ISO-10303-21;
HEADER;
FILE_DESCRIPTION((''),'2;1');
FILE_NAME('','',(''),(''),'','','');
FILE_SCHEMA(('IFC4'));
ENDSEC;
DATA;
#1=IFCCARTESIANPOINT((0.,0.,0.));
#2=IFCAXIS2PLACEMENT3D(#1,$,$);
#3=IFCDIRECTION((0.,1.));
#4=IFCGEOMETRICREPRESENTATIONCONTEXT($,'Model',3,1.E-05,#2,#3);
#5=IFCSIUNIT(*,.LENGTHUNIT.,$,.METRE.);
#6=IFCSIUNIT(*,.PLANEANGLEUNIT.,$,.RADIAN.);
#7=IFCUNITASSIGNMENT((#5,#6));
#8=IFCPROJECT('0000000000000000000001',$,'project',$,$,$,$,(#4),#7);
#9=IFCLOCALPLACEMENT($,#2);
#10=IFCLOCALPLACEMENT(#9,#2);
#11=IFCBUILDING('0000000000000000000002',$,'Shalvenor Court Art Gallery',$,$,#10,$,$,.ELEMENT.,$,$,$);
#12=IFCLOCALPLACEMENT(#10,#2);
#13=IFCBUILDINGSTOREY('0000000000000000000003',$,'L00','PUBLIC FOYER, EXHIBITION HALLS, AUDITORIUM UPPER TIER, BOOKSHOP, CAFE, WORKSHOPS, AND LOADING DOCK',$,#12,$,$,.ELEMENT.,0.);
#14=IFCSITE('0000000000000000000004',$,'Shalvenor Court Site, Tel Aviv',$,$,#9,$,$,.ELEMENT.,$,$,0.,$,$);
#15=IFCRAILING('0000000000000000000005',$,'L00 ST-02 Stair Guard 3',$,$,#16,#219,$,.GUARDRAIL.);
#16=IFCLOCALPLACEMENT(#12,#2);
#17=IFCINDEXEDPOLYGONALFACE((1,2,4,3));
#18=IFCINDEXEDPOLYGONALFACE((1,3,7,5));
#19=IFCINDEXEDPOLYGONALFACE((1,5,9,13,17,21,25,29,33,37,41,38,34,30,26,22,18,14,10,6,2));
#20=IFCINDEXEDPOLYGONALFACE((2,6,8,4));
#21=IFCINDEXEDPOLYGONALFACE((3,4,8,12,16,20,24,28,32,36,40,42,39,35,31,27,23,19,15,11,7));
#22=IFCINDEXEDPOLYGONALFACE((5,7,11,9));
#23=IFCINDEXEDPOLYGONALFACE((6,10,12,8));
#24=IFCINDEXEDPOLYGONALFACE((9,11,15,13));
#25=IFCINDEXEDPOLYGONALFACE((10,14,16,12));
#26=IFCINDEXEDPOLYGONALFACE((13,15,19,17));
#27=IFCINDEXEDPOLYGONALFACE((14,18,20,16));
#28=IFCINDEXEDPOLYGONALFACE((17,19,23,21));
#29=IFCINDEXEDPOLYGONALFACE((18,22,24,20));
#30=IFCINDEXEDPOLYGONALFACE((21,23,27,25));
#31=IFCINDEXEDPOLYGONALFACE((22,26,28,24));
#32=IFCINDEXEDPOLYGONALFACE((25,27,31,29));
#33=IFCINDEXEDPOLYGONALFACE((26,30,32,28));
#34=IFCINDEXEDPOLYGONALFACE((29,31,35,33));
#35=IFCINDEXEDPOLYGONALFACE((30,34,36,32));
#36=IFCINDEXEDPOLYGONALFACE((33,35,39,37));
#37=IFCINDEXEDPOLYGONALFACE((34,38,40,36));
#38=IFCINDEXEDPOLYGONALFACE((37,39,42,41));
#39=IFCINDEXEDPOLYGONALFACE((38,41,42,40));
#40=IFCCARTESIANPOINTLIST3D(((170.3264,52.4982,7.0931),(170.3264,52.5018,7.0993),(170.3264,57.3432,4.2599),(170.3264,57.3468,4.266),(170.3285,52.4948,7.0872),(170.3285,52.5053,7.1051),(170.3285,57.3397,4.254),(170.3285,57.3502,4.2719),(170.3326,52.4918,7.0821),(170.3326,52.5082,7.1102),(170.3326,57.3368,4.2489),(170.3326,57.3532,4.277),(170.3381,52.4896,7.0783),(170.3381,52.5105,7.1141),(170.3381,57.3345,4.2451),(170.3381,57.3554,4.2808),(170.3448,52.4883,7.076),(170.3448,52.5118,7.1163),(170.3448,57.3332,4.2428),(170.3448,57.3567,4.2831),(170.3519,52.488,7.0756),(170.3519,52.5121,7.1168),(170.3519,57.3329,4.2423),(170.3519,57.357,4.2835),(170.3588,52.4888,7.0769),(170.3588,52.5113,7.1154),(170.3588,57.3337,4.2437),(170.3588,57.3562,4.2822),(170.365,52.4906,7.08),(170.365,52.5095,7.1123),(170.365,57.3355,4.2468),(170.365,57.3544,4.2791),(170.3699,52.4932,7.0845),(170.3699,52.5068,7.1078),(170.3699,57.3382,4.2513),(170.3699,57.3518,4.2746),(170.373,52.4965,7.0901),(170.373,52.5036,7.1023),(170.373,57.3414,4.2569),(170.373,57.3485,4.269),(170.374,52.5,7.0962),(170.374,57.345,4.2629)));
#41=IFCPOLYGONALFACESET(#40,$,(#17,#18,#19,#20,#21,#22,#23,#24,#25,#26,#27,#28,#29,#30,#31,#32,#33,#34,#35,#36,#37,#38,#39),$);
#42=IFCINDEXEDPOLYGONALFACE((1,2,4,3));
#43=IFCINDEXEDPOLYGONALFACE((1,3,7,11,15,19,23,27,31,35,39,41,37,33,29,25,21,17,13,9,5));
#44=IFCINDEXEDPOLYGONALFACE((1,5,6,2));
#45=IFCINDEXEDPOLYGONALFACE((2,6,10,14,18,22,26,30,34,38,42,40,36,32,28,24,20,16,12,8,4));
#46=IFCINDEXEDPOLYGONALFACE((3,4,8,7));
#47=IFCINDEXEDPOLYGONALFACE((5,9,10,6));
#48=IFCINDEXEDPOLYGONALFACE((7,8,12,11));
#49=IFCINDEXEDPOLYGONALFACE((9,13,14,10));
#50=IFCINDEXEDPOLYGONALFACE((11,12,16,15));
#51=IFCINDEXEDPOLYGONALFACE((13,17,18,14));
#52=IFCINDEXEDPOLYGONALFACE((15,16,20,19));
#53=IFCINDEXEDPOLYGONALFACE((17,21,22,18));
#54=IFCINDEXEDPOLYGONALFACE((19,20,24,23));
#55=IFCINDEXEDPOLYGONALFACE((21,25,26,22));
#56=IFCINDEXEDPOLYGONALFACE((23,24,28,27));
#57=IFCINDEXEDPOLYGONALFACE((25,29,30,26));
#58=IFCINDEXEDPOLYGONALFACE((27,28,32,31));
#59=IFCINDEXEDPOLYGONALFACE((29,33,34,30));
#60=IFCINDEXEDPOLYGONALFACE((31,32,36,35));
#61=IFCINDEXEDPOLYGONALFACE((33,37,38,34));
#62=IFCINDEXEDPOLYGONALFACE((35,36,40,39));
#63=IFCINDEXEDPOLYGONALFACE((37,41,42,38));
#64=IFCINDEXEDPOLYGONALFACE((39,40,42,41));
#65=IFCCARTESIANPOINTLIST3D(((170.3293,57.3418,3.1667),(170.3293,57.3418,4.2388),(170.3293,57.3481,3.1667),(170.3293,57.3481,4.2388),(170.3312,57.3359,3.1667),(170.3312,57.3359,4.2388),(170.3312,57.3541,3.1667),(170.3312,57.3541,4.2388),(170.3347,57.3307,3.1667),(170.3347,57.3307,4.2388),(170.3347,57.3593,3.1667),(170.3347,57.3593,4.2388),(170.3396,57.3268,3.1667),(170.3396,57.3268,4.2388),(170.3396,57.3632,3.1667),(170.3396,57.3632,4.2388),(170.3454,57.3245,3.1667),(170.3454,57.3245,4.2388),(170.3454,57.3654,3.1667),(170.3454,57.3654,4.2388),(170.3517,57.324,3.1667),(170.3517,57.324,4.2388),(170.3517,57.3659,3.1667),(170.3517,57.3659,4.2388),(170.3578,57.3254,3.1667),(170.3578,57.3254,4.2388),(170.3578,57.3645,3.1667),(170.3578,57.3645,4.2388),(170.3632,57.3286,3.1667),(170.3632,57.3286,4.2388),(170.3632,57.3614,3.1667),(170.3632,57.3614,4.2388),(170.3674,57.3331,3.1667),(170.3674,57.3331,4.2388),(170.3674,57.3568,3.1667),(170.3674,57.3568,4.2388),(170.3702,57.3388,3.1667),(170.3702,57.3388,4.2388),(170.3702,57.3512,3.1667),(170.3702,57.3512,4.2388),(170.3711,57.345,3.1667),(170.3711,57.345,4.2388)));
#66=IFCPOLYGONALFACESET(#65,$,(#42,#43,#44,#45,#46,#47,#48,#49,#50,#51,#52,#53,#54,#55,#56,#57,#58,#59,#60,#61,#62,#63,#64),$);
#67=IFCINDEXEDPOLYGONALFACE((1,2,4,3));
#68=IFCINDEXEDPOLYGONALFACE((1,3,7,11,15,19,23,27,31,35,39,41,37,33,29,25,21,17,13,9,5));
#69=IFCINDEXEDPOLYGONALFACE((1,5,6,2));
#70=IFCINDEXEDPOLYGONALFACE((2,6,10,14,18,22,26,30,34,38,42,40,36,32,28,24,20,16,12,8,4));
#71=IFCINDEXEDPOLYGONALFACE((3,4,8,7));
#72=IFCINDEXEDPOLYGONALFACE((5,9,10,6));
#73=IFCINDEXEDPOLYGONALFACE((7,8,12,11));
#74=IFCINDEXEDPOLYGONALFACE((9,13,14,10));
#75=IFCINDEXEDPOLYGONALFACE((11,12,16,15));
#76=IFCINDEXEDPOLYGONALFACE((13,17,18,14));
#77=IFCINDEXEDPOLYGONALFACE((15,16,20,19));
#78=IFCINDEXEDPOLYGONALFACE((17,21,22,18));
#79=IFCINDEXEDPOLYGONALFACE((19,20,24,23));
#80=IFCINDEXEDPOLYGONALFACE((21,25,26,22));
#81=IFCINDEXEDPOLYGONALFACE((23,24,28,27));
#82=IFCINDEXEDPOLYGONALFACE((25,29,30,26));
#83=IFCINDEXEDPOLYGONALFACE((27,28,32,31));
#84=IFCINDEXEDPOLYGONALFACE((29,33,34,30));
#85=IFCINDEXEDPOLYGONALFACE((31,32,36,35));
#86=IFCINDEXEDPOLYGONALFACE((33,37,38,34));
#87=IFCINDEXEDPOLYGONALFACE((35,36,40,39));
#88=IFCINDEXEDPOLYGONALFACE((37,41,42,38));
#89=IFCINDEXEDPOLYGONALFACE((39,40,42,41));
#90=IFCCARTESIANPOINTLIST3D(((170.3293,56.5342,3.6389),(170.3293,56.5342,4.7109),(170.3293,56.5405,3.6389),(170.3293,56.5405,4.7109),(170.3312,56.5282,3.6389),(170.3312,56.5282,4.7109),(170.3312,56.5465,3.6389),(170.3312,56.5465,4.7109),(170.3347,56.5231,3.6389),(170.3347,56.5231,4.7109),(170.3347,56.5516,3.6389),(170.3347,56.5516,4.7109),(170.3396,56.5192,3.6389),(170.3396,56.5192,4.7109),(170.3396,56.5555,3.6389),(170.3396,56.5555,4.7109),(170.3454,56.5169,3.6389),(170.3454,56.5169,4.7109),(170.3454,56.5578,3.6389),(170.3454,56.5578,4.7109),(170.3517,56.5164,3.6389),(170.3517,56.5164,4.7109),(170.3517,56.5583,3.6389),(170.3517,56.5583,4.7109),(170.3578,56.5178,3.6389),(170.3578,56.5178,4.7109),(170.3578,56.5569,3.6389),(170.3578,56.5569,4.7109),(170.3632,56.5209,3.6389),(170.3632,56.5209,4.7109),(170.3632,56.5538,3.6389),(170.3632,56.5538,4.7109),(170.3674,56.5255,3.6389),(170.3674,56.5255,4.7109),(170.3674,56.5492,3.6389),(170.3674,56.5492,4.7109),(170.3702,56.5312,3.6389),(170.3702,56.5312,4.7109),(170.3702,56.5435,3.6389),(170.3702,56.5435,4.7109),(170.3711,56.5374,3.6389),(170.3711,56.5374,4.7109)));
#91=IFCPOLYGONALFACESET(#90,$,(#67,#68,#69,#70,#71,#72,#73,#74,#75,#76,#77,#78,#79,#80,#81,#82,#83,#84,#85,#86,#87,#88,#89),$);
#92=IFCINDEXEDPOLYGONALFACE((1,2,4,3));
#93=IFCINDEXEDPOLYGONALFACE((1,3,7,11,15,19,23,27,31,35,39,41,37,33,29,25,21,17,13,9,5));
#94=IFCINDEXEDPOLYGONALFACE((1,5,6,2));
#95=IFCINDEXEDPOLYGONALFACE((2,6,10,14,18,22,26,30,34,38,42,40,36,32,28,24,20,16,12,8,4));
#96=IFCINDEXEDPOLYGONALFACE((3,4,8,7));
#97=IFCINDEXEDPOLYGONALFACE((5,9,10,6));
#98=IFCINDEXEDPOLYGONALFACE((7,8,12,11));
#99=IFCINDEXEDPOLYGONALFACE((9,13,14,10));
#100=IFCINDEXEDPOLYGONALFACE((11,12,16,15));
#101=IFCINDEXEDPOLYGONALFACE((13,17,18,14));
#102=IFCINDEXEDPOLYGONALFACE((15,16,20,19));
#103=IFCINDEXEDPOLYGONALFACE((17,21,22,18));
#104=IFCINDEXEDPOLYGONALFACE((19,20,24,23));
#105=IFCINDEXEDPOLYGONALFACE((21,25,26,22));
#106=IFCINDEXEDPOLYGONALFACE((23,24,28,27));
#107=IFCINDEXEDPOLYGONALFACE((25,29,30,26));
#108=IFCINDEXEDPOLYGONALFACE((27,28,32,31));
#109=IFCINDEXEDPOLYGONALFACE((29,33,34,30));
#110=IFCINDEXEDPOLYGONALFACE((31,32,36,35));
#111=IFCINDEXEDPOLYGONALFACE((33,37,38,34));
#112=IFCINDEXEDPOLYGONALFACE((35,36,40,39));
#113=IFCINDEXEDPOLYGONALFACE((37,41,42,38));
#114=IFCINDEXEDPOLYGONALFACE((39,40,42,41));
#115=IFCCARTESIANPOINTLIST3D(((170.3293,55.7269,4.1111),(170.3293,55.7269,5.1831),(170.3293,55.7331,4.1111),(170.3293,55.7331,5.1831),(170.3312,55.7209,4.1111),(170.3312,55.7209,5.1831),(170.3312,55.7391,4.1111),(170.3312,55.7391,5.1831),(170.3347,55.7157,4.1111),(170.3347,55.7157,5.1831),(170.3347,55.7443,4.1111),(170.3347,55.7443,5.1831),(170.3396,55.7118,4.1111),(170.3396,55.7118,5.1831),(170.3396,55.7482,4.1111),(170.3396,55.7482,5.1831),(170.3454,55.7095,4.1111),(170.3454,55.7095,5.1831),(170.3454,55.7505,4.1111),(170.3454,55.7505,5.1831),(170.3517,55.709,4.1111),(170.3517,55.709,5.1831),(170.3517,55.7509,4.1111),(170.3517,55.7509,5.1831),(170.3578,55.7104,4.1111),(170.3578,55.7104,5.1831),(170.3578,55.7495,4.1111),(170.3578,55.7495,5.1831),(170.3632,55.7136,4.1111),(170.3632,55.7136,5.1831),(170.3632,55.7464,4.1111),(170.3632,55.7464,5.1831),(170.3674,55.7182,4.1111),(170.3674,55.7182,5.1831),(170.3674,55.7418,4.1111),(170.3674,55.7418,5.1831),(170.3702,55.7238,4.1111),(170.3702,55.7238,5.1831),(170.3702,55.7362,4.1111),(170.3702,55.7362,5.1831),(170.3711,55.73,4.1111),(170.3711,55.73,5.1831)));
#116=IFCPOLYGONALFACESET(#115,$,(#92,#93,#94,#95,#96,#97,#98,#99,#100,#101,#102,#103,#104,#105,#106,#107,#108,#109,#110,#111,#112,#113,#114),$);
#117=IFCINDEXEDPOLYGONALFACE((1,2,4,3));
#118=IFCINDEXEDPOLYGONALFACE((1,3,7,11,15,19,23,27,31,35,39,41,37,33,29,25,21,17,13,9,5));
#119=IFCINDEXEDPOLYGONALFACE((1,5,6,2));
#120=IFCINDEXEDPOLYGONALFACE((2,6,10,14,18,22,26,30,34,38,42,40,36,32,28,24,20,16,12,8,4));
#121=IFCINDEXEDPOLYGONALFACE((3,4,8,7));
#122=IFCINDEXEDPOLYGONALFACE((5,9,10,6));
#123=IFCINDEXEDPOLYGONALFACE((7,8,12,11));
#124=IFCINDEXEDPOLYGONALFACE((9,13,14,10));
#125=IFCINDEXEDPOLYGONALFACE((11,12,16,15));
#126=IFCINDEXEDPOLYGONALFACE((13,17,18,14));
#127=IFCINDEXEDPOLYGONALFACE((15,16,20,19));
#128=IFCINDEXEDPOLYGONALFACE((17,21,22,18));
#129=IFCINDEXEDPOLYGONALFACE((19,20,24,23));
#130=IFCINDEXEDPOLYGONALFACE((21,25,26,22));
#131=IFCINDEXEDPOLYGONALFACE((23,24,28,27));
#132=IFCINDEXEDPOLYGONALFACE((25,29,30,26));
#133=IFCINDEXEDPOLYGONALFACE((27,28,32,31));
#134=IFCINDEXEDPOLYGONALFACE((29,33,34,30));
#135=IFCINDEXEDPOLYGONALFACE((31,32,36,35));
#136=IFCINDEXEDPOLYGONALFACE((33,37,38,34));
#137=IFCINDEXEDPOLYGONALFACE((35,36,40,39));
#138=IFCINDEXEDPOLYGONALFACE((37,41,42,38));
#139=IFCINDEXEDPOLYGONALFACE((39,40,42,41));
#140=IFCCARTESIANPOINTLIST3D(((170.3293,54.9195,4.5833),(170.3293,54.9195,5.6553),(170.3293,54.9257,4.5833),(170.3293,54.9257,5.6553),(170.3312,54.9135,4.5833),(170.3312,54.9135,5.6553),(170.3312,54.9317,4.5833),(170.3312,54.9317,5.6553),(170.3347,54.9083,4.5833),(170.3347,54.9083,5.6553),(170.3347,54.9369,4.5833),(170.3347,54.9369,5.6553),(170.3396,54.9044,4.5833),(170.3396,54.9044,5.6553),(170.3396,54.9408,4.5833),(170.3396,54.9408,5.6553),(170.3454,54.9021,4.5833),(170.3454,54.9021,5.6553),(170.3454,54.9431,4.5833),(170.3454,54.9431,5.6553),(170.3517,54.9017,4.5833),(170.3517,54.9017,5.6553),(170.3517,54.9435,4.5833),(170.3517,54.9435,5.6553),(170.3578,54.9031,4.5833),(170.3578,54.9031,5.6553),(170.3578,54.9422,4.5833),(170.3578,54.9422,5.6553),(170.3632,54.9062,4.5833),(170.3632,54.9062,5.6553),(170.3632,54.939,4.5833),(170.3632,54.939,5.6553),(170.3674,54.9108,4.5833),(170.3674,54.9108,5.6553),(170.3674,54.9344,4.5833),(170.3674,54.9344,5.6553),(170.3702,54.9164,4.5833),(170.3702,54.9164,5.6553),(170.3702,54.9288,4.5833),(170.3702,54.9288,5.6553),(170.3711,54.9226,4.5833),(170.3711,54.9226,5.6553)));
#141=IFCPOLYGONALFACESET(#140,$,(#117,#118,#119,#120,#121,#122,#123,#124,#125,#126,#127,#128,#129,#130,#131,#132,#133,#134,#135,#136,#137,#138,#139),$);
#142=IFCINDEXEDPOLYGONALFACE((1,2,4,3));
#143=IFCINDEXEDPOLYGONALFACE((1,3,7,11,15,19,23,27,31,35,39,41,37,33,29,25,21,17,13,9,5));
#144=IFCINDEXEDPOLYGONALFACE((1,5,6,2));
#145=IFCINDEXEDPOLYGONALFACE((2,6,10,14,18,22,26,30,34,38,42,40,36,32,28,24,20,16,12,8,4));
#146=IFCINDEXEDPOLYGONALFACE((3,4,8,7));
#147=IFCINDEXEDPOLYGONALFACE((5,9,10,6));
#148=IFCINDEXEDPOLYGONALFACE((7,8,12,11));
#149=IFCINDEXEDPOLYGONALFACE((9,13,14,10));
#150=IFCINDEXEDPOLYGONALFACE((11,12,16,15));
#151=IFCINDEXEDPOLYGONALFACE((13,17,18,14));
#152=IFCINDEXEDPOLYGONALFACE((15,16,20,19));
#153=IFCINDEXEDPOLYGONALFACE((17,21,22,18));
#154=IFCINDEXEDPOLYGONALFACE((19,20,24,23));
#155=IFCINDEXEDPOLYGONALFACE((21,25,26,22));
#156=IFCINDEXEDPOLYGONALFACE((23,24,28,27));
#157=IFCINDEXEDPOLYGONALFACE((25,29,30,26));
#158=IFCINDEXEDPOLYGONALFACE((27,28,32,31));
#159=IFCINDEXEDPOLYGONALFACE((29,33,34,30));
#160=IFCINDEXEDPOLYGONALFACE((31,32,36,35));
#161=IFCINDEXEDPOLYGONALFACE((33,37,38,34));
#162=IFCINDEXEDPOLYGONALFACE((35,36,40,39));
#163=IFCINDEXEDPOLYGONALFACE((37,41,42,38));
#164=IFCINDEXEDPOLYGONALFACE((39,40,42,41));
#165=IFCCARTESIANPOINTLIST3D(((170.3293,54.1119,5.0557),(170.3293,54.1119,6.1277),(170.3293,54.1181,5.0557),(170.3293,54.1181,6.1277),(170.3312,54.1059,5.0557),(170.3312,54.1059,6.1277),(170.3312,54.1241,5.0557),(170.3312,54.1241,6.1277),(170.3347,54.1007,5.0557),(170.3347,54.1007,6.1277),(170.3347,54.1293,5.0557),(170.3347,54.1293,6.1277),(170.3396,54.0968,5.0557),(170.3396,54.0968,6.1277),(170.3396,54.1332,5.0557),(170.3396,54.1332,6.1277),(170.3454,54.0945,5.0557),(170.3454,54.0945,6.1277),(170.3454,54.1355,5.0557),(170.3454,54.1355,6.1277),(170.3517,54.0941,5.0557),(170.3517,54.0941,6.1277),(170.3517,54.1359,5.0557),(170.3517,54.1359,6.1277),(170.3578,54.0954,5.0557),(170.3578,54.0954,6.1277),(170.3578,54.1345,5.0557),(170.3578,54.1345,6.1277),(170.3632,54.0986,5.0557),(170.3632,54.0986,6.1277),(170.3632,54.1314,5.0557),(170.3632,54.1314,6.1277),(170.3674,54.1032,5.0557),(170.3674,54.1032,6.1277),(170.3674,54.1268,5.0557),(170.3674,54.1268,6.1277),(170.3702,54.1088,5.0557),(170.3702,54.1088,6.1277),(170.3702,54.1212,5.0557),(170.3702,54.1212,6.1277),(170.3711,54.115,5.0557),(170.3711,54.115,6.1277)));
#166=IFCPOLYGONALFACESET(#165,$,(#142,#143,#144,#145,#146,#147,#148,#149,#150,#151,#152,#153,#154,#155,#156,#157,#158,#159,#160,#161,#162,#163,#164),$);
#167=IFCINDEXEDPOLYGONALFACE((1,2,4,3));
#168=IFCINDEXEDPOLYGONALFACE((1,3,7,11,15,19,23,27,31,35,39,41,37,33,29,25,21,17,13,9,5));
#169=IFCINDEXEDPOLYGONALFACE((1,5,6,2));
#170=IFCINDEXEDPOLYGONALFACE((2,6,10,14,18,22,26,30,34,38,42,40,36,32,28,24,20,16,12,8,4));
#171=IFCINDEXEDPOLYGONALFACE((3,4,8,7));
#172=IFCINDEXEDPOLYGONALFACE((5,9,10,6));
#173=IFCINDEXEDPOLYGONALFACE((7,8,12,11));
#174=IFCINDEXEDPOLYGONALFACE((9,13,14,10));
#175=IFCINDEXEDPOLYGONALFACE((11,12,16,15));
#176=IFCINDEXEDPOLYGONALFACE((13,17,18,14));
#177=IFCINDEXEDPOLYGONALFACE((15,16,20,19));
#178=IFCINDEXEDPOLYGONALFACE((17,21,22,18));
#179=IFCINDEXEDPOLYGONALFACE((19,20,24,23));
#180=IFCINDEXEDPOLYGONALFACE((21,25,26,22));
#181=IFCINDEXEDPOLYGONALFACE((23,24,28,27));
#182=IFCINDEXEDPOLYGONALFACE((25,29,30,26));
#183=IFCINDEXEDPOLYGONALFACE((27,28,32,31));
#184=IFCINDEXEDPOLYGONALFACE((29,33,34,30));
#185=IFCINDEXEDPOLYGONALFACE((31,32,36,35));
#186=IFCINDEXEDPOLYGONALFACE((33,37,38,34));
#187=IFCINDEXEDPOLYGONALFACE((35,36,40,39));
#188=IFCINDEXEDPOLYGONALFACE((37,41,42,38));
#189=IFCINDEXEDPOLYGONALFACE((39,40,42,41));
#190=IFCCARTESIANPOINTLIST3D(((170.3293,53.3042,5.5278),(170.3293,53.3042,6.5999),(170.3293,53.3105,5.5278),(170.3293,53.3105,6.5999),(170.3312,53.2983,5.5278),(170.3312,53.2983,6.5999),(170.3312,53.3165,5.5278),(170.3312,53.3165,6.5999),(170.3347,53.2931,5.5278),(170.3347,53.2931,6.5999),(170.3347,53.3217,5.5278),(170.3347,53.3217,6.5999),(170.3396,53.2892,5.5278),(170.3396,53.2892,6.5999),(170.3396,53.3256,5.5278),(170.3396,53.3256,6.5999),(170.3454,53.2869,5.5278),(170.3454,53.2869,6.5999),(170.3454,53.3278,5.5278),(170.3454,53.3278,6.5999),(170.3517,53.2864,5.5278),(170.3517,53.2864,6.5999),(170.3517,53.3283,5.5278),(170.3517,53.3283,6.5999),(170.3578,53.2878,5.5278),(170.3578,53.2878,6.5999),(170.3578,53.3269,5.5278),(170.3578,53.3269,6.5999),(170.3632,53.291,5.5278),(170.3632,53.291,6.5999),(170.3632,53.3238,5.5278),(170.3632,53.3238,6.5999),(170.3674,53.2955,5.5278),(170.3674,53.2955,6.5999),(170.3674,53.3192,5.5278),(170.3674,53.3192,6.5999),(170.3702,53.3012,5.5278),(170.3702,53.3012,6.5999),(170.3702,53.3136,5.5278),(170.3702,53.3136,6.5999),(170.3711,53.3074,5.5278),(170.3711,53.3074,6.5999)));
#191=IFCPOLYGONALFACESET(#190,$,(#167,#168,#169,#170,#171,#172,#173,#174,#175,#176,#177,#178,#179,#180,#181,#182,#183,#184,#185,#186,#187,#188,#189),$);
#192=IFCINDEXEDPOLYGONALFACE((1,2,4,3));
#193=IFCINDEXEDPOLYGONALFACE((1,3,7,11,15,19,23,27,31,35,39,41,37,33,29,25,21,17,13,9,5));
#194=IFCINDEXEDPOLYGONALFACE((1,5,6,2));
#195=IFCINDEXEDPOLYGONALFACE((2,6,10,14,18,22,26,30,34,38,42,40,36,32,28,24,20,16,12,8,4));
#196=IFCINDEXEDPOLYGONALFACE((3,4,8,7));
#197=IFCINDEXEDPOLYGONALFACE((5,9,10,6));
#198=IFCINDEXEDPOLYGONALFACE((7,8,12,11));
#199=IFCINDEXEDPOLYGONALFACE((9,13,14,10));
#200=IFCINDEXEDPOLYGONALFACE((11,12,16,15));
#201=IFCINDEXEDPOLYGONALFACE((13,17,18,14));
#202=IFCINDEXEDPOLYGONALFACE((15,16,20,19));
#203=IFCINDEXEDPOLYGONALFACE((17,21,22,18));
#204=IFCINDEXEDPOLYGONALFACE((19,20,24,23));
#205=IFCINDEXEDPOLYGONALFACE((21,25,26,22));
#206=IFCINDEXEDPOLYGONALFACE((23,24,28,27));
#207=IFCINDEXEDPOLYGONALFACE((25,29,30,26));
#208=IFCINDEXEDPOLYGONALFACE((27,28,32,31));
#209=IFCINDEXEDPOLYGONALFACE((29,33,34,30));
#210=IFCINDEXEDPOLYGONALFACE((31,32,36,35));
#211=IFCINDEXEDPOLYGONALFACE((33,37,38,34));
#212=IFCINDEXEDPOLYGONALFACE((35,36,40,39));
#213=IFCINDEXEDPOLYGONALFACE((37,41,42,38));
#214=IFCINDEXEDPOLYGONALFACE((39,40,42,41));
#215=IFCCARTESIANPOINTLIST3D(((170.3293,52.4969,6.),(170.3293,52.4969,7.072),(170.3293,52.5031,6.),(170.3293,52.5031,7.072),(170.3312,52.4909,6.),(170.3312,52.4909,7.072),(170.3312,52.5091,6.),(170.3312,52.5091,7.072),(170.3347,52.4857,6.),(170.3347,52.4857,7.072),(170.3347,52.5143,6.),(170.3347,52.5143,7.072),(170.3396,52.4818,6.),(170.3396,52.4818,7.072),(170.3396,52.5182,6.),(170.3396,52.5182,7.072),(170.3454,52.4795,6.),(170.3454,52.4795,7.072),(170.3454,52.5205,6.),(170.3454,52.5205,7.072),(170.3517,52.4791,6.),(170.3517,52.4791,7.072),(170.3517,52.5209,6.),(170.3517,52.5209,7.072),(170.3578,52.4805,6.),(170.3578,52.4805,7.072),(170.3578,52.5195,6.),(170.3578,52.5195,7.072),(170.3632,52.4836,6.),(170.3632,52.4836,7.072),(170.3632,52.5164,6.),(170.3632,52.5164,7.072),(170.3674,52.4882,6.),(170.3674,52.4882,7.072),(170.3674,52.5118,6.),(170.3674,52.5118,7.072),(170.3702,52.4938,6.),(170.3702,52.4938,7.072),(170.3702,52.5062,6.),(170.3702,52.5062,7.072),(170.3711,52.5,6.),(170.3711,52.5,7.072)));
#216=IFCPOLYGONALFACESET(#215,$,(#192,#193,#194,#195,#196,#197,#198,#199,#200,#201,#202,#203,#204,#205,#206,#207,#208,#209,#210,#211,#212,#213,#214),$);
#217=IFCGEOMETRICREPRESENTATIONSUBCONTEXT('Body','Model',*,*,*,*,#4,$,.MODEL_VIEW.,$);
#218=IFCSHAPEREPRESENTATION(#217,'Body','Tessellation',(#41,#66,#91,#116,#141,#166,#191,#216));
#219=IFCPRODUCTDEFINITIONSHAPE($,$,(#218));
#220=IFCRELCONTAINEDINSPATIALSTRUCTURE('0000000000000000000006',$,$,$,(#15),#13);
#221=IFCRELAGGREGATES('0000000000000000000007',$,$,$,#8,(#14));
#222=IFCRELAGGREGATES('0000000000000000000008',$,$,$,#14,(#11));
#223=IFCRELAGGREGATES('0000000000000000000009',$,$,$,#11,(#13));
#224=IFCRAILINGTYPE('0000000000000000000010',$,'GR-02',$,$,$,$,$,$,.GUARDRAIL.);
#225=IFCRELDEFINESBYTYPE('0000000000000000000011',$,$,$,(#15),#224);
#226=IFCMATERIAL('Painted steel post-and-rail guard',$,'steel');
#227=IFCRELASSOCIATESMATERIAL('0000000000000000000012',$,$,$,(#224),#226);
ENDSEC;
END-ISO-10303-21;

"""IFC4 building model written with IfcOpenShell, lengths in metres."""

from ifc_helpers import new_model, si_unit, direction, frame, origin, origin_2d, place, context, subcontext, project, spatial, circle, extrude, material, type_object, element, save


model = new_model("IFC4")

# Units and contexts
model_context = context("Model", 3, precision=1e-05, world=origin(), true_north=direction((0.0, 1.0)))
body_context = subcontext(model_context, "Body", "Model", "MODEL_VIEW")
ifc_project = project(units=[si_unit("LENGTHUNIT", "METRE"), si_unit("PLANEANGLEUNIT", "RADIAN")], contexts=[model_context])

# Site, building, storey
site_placement = place(None, origin())
site = spatial("IfcSite", under=ifc_project, at=site_placement, Name="Shalvenor Court Site, Tel Aviv", CompositionType="ELEMENT", RefElevation=0.0)
building_placement = place(site_placement, origin())
building = spatial("IfcBuilding", under=site, at=building_placement, Name="Shalvenor Court Art Gallery", CompositionType="ELEMENT")
storey_placement = place(building_placement, origin())
storey = spatial("IfcBuildingStorey", under=building, at=storey_placement, Name="L00", Description="PUBLIC FOYER, EXHIBITION HALLS, AUDITORIUM UPPER TIER, BOOKSHOP, CAFE, WORKSHOPS, AND LOADING DOCK", CompositionType="ELEMENT", Elevation=0.0)

# Railing
ifc_material_1 = material(Name="Painted steel post-and-rail guard", Category="steel")
railing_type_1 = type_object("IfcRailingType", Name="GR-02", PredefinedType="GUARDRAIL", material=ifc_material_1)
railing_1_placement = place(storey_placement, frame((170.3501, 57.345, 3.1667)))
element("IfcRailing", 1, at=railing_1_placement, inside=storey, type_object=railing_type_1, Name="L00 ST-02 Stair Guard 3", PredefinedType="GUARDRAIL", context=body_context, shape_type="SweptSolid", body=[
    extrude(circle(Radius=0.0239, at=origin_2d()), frame((0.0, 0.0, 1.0962), z_axis=(0.0, -0.863234, 0.504804), x_axis=(1.0, 0.0, 0.0)), (0.0, 0.0, 1.0), 5.6125),
    extrude(circle(Radius=0.021, at=origin_2d()), origin(), (0.0, 0.0, 1.0), 1.072),
    extrude(circle(Radius=0.021, at=origin_2d()), frame((0.0, -0.8076, 0.4722)), (0.0, 0.0, 1.0), 1.072),
    extrude(circle(Radius=0.021, at=origin_2d()), frame((0.0, -1.615, 0.9443)), (0.0, 0.0, 1.0), 1.072),
    extrude(circle(Radius=0.021, at=origin_2d()), frame((0.0, -2.4224, 1.4165)), (0.0, 0.0, 1.0), 1.072),
    extrude(circle(Radius=0.021, at=origin_2d()), frame((0.0, -3.23, 1.8889)), (0.0, 0.0, 1.0), 1.072),
    extrude(circle(Radius=0.021, at=origin_2d()), frame((0.0, -4.0376, 2.3611)), (0.0, 0.0, 1.0), 1.072),
    extrude(circle(Radius=0.021, at=origin_2d()), frame((0.0, -4.845, 2.8333)), (0.0, 0.0, 1.0), 1.072),
])

save(model, "model.ifc")
